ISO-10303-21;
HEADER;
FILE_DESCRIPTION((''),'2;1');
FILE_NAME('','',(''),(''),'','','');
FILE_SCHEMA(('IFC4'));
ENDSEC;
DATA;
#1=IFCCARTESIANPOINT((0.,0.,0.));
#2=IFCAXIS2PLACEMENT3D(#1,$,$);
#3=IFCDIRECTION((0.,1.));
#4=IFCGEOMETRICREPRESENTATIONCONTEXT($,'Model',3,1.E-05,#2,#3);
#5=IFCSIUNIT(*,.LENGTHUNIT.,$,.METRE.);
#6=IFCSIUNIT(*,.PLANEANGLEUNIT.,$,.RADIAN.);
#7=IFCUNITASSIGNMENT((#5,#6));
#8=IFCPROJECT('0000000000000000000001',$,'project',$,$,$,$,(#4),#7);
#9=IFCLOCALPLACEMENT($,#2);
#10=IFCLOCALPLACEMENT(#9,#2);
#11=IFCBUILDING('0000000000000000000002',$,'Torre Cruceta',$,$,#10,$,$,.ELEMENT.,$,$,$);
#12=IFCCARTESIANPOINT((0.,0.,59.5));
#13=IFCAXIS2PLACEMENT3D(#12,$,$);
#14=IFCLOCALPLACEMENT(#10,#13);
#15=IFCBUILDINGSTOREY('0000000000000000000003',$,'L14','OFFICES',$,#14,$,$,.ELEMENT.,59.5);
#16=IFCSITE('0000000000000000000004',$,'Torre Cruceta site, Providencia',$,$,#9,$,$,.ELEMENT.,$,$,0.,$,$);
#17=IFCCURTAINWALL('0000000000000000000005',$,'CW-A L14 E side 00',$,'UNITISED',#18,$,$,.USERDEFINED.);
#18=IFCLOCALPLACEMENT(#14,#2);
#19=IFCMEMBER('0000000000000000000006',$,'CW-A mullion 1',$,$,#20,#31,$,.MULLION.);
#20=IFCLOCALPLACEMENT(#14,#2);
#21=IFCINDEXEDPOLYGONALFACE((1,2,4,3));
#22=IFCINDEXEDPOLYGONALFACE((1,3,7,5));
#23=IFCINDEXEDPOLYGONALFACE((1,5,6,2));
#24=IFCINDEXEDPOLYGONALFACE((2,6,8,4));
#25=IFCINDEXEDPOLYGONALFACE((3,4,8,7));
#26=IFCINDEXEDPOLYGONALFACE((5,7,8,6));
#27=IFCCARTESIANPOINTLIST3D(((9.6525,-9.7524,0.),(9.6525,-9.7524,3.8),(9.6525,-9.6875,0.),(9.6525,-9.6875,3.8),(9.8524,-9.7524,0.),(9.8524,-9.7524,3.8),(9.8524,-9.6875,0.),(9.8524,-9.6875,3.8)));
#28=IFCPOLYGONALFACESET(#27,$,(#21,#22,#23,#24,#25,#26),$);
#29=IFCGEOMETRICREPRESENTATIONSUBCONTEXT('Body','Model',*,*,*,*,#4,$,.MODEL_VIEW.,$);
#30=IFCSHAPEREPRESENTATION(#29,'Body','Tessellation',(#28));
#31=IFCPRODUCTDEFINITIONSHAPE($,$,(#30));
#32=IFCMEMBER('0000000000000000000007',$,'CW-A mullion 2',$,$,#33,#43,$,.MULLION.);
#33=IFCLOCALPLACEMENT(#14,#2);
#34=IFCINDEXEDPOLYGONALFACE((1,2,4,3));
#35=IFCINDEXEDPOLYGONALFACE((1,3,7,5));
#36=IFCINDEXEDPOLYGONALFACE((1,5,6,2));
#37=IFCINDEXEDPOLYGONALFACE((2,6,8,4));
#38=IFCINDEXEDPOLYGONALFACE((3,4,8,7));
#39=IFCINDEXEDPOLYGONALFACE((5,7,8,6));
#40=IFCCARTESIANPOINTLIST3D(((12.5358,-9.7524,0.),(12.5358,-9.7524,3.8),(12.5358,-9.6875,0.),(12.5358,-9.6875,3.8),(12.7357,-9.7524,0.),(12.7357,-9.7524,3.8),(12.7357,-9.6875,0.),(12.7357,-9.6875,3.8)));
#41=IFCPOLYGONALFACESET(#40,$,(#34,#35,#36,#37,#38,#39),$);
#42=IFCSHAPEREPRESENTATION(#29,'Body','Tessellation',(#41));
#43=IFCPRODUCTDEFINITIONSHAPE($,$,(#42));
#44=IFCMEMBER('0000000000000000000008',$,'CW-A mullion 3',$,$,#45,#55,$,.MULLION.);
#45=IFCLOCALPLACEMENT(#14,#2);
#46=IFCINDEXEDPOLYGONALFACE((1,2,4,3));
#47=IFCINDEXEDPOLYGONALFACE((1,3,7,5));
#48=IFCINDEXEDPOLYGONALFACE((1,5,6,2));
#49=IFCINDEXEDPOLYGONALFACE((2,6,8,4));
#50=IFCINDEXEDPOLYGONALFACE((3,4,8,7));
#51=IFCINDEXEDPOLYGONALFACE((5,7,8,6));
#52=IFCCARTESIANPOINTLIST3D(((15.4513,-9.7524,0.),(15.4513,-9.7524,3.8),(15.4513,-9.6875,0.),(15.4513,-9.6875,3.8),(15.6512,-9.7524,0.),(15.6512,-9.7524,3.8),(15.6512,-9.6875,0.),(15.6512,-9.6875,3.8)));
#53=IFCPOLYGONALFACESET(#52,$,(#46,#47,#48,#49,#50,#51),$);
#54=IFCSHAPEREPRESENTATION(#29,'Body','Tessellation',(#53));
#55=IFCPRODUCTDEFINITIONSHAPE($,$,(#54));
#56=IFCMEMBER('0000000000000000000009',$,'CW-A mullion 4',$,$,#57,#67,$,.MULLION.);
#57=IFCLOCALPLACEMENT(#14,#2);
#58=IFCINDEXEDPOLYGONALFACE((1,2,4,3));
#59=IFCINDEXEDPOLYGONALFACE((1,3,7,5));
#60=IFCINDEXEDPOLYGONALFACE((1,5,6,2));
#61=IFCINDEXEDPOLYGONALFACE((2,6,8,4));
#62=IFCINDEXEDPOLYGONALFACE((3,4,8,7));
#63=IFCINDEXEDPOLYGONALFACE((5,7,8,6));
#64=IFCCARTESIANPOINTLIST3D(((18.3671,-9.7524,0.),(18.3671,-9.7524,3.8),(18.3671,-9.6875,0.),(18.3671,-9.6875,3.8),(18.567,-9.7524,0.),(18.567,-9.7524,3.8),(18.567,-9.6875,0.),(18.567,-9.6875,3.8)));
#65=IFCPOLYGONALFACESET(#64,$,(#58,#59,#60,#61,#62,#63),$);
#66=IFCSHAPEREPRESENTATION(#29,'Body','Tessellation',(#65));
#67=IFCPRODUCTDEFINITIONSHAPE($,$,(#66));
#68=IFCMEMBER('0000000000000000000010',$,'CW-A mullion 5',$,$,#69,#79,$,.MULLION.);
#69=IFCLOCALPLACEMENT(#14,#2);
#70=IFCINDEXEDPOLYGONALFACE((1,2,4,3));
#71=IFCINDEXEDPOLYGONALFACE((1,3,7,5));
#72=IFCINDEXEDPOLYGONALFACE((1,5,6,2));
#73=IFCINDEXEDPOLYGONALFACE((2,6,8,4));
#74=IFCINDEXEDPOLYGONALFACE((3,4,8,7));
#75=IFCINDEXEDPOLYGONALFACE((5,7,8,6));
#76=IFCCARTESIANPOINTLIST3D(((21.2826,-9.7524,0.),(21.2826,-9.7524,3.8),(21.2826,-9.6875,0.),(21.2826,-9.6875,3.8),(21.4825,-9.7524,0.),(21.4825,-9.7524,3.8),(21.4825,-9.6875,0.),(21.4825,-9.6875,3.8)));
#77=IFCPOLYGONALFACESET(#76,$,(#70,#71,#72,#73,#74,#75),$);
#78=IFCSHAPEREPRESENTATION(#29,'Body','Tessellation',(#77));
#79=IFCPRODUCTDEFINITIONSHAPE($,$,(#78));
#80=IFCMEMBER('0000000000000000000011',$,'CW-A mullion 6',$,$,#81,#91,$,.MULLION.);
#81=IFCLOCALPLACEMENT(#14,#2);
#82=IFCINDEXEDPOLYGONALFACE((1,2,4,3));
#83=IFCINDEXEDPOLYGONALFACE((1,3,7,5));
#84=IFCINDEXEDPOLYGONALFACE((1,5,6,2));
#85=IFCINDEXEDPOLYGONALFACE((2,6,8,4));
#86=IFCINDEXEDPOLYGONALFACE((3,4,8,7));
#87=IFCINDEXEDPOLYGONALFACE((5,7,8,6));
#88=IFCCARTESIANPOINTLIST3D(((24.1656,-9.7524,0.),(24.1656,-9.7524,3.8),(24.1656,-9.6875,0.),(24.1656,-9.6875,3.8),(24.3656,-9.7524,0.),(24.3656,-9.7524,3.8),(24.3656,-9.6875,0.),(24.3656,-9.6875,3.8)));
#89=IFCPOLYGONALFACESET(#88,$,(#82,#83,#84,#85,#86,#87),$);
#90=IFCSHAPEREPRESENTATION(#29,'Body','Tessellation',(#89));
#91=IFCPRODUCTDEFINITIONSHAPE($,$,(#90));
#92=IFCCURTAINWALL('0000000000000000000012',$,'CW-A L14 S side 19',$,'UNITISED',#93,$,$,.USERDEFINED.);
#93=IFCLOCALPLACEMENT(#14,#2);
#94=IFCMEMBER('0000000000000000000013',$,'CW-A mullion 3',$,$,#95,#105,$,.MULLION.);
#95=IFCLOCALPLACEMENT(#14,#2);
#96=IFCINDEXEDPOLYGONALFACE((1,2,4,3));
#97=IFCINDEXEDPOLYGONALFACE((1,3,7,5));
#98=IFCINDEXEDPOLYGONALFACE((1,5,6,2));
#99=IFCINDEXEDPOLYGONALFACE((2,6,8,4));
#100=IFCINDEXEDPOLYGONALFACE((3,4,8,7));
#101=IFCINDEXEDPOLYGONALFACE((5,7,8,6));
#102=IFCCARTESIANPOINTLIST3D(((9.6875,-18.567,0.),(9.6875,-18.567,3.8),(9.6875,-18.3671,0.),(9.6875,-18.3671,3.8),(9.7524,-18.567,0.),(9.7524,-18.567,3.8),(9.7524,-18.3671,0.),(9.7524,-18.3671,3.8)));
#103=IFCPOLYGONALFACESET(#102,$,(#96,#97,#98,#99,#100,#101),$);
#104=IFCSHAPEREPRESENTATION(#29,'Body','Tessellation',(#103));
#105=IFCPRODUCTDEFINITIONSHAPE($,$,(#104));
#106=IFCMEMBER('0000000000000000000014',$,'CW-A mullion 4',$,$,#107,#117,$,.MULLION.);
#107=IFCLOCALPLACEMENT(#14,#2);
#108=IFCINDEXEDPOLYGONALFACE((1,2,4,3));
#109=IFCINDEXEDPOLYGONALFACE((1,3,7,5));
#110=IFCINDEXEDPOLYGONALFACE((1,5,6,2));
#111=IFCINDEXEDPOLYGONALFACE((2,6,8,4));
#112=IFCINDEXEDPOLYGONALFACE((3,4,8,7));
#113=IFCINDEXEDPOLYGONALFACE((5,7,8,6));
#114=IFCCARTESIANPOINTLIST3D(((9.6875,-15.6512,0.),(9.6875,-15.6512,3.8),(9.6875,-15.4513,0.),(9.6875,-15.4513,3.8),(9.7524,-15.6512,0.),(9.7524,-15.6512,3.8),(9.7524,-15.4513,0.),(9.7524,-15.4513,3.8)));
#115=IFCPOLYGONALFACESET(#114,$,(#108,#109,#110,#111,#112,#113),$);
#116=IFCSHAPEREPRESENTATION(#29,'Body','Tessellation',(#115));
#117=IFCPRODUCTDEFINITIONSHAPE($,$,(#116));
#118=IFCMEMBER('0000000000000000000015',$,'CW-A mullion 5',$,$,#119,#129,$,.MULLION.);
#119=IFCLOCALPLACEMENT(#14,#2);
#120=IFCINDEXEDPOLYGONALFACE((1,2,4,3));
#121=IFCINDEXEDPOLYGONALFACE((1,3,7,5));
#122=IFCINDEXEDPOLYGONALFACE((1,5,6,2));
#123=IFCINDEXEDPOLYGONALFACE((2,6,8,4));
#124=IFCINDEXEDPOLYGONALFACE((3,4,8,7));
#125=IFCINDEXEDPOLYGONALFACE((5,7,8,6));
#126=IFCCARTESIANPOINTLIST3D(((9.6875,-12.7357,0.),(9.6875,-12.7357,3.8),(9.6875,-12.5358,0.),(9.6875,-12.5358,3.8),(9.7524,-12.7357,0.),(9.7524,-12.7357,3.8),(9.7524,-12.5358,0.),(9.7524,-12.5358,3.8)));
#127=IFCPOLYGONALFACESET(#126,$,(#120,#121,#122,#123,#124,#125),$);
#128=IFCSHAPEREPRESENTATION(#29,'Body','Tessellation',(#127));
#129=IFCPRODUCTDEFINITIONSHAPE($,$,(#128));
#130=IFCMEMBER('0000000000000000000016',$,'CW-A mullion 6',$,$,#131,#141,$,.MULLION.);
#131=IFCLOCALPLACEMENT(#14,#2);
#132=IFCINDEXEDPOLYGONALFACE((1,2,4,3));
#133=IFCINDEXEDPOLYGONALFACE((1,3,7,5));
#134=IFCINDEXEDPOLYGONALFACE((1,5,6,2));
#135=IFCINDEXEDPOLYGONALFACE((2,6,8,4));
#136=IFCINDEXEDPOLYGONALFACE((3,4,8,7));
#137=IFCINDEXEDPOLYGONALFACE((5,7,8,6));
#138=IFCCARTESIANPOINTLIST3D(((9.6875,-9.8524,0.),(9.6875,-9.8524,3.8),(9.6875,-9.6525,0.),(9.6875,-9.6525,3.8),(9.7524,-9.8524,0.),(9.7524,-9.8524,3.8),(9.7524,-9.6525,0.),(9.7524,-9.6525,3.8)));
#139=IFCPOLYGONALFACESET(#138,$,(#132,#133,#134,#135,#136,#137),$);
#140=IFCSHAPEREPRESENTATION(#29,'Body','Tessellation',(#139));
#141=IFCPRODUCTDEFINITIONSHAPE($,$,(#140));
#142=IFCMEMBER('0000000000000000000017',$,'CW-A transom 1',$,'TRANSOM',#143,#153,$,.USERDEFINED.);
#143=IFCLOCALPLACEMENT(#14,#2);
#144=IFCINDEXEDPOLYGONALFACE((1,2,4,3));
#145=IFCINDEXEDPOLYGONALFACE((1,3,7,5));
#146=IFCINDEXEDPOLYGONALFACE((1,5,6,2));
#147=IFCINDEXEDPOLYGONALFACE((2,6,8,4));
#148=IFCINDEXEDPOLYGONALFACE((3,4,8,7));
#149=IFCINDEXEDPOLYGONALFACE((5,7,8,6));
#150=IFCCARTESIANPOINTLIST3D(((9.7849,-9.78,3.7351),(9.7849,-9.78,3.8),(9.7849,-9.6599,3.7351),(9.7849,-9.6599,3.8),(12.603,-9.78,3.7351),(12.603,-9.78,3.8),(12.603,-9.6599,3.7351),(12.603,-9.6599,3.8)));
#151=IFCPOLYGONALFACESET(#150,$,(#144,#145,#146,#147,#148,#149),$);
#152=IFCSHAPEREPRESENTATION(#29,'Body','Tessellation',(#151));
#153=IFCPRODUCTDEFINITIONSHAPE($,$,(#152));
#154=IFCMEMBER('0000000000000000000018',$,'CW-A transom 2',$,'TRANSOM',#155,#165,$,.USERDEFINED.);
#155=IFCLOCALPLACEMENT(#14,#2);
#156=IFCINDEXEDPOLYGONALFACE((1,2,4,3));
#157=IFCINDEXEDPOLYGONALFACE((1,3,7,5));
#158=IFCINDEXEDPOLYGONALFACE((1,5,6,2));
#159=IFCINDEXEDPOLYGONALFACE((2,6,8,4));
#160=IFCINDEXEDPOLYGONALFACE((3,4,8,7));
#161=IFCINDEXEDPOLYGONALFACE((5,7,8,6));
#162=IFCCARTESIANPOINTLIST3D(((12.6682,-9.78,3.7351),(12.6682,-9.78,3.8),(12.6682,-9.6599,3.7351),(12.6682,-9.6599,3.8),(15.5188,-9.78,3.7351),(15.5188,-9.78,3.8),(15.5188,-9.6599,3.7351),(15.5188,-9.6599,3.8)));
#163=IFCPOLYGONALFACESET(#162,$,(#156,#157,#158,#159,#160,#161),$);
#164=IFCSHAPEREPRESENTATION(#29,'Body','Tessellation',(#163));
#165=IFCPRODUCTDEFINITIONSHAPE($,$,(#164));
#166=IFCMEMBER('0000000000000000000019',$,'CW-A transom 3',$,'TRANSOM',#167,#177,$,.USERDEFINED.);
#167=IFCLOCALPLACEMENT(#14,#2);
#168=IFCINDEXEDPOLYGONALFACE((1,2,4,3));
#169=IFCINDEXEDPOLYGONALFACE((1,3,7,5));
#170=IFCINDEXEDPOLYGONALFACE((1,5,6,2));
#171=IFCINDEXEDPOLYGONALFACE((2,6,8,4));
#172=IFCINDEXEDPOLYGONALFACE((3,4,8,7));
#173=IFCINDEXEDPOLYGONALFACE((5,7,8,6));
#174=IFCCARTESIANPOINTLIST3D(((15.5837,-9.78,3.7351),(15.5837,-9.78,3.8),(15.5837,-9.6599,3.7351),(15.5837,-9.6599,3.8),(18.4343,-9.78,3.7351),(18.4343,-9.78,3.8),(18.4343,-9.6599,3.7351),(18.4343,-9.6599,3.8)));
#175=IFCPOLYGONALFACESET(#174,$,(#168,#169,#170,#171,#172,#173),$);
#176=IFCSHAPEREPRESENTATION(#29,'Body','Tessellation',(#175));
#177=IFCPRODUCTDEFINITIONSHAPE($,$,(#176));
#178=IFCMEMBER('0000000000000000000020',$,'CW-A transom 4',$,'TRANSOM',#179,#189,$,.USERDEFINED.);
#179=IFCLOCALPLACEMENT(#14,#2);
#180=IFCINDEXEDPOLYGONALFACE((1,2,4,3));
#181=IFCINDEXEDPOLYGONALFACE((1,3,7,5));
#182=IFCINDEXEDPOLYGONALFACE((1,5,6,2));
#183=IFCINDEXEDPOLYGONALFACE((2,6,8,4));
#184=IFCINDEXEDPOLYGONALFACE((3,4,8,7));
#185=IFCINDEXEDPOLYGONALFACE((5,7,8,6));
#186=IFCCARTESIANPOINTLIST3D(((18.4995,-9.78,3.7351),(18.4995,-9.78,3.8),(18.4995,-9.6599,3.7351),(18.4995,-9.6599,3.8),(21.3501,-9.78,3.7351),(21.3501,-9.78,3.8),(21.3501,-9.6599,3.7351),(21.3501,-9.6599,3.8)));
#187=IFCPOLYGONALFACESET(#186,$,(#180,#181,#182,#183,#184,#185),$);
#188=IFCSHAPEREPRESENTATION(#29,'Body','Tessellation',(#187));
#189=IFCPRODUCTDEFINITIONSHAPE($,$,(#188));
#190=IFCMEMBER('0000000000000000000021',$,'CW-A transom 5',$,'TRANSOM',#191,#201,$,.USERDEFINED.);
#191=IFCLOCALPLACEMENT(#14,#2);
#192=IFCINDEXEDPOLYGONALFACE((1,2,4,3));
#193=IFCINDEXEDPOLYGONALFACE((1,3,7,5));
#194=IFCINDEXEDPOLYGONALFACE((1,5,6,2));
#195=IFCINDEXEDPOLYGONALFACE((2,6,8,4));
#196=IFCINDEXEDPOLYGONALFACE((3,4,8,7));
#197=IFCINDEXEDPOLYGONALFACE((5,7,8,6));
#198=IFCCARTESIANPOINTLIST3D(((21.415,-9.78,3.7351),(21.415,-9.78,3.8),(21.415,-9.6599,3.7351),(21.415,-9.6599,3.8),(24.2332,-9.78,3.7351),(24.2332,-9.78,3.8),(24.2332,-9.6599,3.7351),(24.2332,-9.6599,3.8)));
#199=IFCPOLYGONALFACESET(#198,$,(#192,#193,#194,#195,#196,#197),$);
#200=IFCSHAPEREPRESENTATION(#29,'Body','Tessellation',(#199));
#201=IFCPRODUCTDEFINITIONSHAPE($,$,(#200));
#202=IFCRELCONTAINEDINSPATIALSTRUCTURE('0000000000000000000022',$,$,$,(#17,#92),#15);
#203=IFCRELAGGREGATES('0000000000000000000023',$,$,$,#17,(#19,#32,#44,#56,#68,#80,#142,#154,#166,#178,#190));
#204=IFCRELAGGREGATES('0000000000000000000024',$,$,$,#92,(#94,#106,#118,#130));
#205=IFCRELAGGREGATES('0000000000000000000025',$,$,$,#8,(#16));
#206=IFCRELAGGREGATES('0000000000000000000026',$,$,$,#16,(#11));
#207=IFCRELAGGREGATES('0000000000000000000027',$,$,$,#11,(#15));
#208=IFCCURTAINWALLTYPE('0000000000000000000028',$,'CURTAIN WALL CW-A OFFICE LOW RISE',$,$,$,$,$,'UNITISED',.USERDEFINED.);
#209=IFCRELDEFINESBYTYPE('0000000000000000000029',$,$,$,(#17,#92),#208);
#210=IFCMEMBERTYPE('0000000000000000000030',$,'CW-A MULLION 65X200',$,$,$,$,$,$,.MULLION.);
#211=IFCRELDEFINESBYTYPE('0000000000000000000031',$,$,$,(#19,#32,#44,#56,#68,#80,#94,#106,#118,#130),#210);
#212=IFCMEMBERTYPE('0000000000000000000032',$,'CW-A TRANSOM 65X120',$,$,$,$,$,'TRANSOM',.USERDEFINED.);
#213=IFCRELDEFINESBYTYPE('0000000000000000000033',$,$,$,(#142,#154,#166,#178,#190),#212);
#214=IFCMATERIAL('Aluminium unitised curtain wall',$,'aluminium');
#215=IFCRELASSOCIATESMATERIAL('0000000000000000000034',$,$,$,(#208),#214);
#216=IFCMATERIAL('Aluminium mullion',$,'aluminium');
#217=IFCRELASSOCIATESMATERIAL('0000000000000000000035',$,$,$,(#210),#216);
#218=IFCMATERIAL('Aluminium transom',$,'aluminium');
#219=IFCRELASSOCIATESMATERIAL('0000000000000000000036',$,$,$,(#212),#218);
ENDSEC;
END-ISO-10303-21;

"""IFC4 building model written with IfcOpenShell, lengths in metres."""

from ifc_helpers import new_model, si_unit, direction, frame, origin, origin_2d, place, context, subcontext, project, spatial, rectangle, extrude, material, material_profile, profile_set, type_object, element, aggregate, save


model = new_model("IFC4")

# Units and contexts
model_context = context("Model", 3, precision=1e-05, world=origin(), true_north=direction((0.0, 1.0)))
body_context = subcontext(model_context, "Body", "Model", "MODEL_VIEW")
ifc_project = project(units=[si_unit("LENGTHUNIT", "METRE"), si_unit("PLANEANGLEUNIT", "RADIAN")], contexts=[model_context])

# Site, building, storey
site_placement = place(None, origin())
site = spatial("IfcSite", under=ifc_project, at=site_placement, Name="Torre Cruceta site, Providencia", CompositionType="ELEMENT", RefElevation=0.0)
building_placement = place(site_placement, origin())
building = spatial("IfcBuilding", under=site, at=building_placement, Name="Torre Cruceta", CompositionType="ELEMENT")
storey_placement = place(building_placement, frame((0.0, 0.0, 59.5)))
storey = spatial("IfcBuildingStorey", under=building, at=storey_placement, Name="L14", Description="OFFICES", CompositionType="ELEMENT", Elevation=59.5)

# Curtain walls, members
ifc_material_1 = material(Name="Aluminium unitised curtain wall", Category="aluminium")
curtain_wall_type = type_object("IfcCurtainWallType", Name="CURTAIN WALL CW-A OFFICE LOW RISE", ElementType="UNITISED", PredefinedType="USERDEFINED", material=ifc_material_1)
curtain_wall_1_placement = place(storey_placement, origin())
curtain_wall_1 = element("IfcCurtainWall", 1, at=curtain_wall_1_placement, inside=storey, type_object=curtain_wall_type, Name="CW-A L14 E side 00", ObjectType="UNITISED", PredefinedType="USERDEFINED")
ifc_material_2 = material(Name="Aluminium mullion", Category="aluminium")
ifc_material_profile_1 = material_profile(ifc_material_2, rectangle(XDim=0.0649, YDim=0.2, at=origin_2d()), Name="AL 65X200")
ifc_profile_set_1 = profile_set([ifc_material_profile_1], Name="Aluminium mullion")
member_type_1 = type_object("IfcMemberType", Name="CW-A MULLION 65X200", PredefinedType="MULLION", material=ifc_profile_set_1)
member_1_placement = place(storey_placement, frame((9.7524, -9.72, 0.0), z_axis=(0.0, 0.0, 1.0), x_axis=(0.0, 1.0, 0.0)))
member_1 = element("IfcMember", 2, at=member_1_placement, type_object=member_type_1, Name="CW-A mullion 1", PredefinedType="MULLION", context=body_context, shape_type="SweptSolid", body=[
    extrude(rectangle(XDim=0.0649, YDim=0.2, at=origin_2d()), origin(), (0.0, 0.0, 1.0), 3.8),
])
member_2_placement = place(storey_placement, frame((12.6357, -9.72, 0.0), z_axis=(0.0, 0.0, 1.0), x_axis=(0.0, 1.0, 0.0)))
member_2 = element("IfcMember", 3, at=member_2_placement, type_object=member_type_1, Name="CW-A mullion 2", PredefinedType="MULLION", context=body_context, shape_type="SweptSolid", body=[
    extrude(rectangle(XDim=0.0649, YDim=0.2, at=origin_2d()), origin(), (0.0, 0.0, 1.0), 3.8),
])
member_3_placement = place(storey_placement, frame((15.5513, -9.72, 0.0), z_axis=(0.0, 0.0, 1.0), x_axis=(0.0, 1.0, 0.0)))
member_3 = element("IfcMember", 4, at=member_3_placement, type_object=member_type_1, Name="CW-A mullion 3", PredefinedType="MULLION", context=body_context, shape_type="SweptSolid", body=[
    extrude(rectangle(XDim=0.0649, YDim=0.2, at=origin_2d()), origin(), (0.0, 0.0, 1.0), 3.8),
])
member_4_placement = place(storey_placement, frame((18.467, -9.72, 0.0), z_axis=(0.0, 0.0, 1.0), x_axis=(0.0, 1.0, 0.0)))
member_4 = element("IfcMember", 5, at=member_4_placement, type_object=member_type_1, Name="CW-A mullion 4", PredefinedType="MULLION", context=body_context, shape_type="SweptSolid", body=[
    extrude(rectangle(XDim=0.0649, YDim=0.2, at=origin_2d()), origin(), (0.0, 0.0, 1.0), 3.8),
])
member_5_placement = place(storey_placement, frame((21.3826, -9.72, 0.0), z_axis=(0.0, 0.0, 1.0), x_axis=(0.0, 1.0, 0.0)))
member_5 = element("IfcMember", 6, at=member_5_placement, type_object=member_type_1, Name="CW-A mullion 5", PredefinedType="MULLION", context=body_context, shape_type="SweptSolid", body=[
    extrude(rectangle(XDim=0.0649, YDim=0.2, at=origin_2d()), origin(), (0.0, 0.0, 1.0), 3.8),
])
member_6_placement = place(storey_placement, frame((24.2656, -9.72, 0.0), z_axis=(0.0, 0.0, 1.0), x_axis=(0.0, 1.0, 0.0)))
member_6 = element("IfcMember", 7, at=member_6_placement, type_object=member_type_1, Name="CW-A mullion 6", PredefinedType="MULLION", context=body_context, shape_type="SweptSolid", body=[
    extrude(rectangle(XDim=0.0649, YDim=0.2, at=origin_2d()), origin(), (0.0, 0.0, 1.0), 3.8),
])
curtain_wall_2_placement = place(storey_placement, origin())
curtain_wall_2 = element("IfcCurtainWall", 8, at=curtain_wall_2_placement, inside=storey, type_object=curtain_wall_type, Name="CW-A L14 S side 19", ObjectType="UNITISED", PredefinedType="USERDEFINED")
member_7_placement = place(storey_placement, frame((9.72, -18.467, 0.0), z_axis=(0.0, 0.0, 1.0), x_axis=(-1.0, 0.0, 0.0)))
member_7 = element("IfcMember", 9, at=member_7_placement, type_object=member_type_1, Name="CW-A mullion 3", PredefinedType="MULLION", context=body_context, shape_type="SweptSolid", body=[
    extrude(rectangle(XDim=0.0649, YDim=0.2, at=origin_2d()), origin(), (0.0, 0.0, 1.0), 3.8),
])
member_8_placement = place(storey_placement, frame((9.72, -15.5513, 0.0), z_axis=(0.0, 0.0, 1.0), x_axis=(-1.0, 0.0, 0.0)))
member_8 = element("IfcMember", 10, at=member_8_placement, type_object=member_type_1, Name="CW-A mullion 4", PredefinedType="MULLION", context=body_context, shape_type="SweptSolid", body=[
    extrude(rectangle(XDim=0.0649, YDim=0.2, at=origin_2d()), origin(), (0.0, 0.0, 1.0), 3.8),
])
member_9_placement = place(storey_placement, frame((9.72, -12.6357, 0.0), z_axis=(0.0, 0.0, 1.0), x_axis=(-1.0, 0.0, 0.0)))
member_9 = element("IfcMember", 11, at=member_9_placement, type_object=member_type_1, Name="CW-A mullion 5", PredefinedType="MULLION", context=body_context, shape_type="SweptSolid", body=[
    extrude(rectangle(XDim=0.0649, YDim=0.2, at=origin_2d()), origin(), (0.0, 0.0, 1.0), 3.8),
])
member_10_placement = place(storey_placement, frame((9.72, -9.7524, 0.0), z_axis=(0.0, 0.0, 1.0), x_axis=(-1.0, 0.0, 0.0)))
member_10 = element("IfcMember", 12, at=member_10_placement, type_object=member_type_1, Name="CW-A mullion 6", PredefinedType="MULLION", context=body_context, shape_type="SweptSolid", body=[
    extrude(rectangle(XDim=0.0649, YDim=0.2, at=origin_2d()), origin(), (0.0, 0.0, 1.0), 3.8),
])

# Members
ifc_material_3 = material(Name="Aluminium transom", Category="aluminium")
ifc_material_profile_2 = material_profile(ifc_material_3, rectangle(XDim=0.1201, YDim=0.0649, at=origin_2d()), Name="AL 120X65")
ifc_profile_set_2 = profile_set([ifc_material_profile_2], Name="Aluminium transom")
member_type_2 = type_object("IfcMemberType", Name="CW-A TRANSOM 65X120", ElementType="TRANSOM", PredefinedType="USERDEFINED", material=ifc_profile_set_2)
member_11_placement = place(storey_placement, frame((9.7849, -9.72, 3.7676), z_axis=(1.0, 0.0, 0.0), x_axis=(0.0, 1.0, 0.0)))
member_11 = element("IfcMember", 13, at=member_11_placement, type_object=member_type_2, Name="CW-A transom 1", ObjectType="TRANSOM", PredefinedType="USERDEFINED", context=body_context, shape_type="SweptSolid", body=[
    extrude(rectangle(XDim=0.1201, YDim=0.0649, at=origin_2d()), origin(), (0.0, 0.0, 1.0), 2.8181),
])
member_12_placement = place(storey_placement, frame((12.6682, -9.72, 3.7676), z_axis=(1.0, 0.0, 0.0), x_axis=(0.0, 1.0, 0.0)))
member_12 = element("IfcMember", 14, at=member_12_placement, type_object=member_type_2, Name="CW-A transom 2", ObjectType="TRANSOM", PredefinedType="USERDEFINED", context=body_context, shape_type="SweptSolid", body=[
    extrude(rectangle(XDim=0.1201, YDim=0.0649, at=origin_2d()), origin(), (0.0, 0.0, 1.0), 2.8506),
])
member_13_placement = place(storey_placement, frame((15.5837, -9.72, 3.7676), z_axis=(1.0, 0.0, 0.0), x_axis=(0.0, 1.0, 0.0)))
member_13 = element("IfcMember", 15, at=member_13_placement, type_object=member_type_2, Name="CW-A transom 3", ObjectType="TRANSOM", PredefinedType="USERDEFINED", context=body_context, shape_type="SweptSolid", body=[
    extrude(rectangle(XDim=0.1201, YDim=0.0649, at=origin_2d()), origin(), (0.0, 0.0, 1.0), 2.8506),
])
member_14_placement = place(storey_placement, frame((18.4995, -9.72, 3.7676), z_axis=(1.0, 0.0, 0.0), x_axis=(0.0, 1.0, 0.0)))
member_14 = element("IfcMember", 16, at=member_14_placement, type_object=member_type_2, Name="CW-A transom 4", ObjectType="TRANSOM", PredefinedType="USERDEFINED", context=body_context, shape_type="SweptSolid", body=[
    extrude(rectangle(XDim=0.1201, YDim=0.0649, at=origin_2d()), origin(), (0.0, 0.0, 1.0), 2.8506),
])
member_15_placement = place(storey_placement, frame((21.415, -9.72, 3.7676), z_axis=(1.0, 0.0, 0.0), x_axis=(0.0, 1.0, 0.0)))
member_15 = element("IfcMember", 17, at=member_15_placement, type_object=member_type_2, Name="CW-A transom 5", ObjectType="TRANSOM", PredefinedType="USERDEFINED", context=body_context, shape_type="SweptSolid", body=[
    extrude(rectangle(XDim=0.1201, YDim=0.0649, at=origin_2d()), origin(), (0.0, 0.0, 1.0), 2.8181),
])

aggregate(curtain_wall_1, [member_1, member_2, member_3, member_4, member_5, member_6, member_11, member_12, member_13, member_14, member_15])
aggregate(curtain_wall_2, [member_7, member_8, member_9, member_10])

save(model, "model.ifc")
